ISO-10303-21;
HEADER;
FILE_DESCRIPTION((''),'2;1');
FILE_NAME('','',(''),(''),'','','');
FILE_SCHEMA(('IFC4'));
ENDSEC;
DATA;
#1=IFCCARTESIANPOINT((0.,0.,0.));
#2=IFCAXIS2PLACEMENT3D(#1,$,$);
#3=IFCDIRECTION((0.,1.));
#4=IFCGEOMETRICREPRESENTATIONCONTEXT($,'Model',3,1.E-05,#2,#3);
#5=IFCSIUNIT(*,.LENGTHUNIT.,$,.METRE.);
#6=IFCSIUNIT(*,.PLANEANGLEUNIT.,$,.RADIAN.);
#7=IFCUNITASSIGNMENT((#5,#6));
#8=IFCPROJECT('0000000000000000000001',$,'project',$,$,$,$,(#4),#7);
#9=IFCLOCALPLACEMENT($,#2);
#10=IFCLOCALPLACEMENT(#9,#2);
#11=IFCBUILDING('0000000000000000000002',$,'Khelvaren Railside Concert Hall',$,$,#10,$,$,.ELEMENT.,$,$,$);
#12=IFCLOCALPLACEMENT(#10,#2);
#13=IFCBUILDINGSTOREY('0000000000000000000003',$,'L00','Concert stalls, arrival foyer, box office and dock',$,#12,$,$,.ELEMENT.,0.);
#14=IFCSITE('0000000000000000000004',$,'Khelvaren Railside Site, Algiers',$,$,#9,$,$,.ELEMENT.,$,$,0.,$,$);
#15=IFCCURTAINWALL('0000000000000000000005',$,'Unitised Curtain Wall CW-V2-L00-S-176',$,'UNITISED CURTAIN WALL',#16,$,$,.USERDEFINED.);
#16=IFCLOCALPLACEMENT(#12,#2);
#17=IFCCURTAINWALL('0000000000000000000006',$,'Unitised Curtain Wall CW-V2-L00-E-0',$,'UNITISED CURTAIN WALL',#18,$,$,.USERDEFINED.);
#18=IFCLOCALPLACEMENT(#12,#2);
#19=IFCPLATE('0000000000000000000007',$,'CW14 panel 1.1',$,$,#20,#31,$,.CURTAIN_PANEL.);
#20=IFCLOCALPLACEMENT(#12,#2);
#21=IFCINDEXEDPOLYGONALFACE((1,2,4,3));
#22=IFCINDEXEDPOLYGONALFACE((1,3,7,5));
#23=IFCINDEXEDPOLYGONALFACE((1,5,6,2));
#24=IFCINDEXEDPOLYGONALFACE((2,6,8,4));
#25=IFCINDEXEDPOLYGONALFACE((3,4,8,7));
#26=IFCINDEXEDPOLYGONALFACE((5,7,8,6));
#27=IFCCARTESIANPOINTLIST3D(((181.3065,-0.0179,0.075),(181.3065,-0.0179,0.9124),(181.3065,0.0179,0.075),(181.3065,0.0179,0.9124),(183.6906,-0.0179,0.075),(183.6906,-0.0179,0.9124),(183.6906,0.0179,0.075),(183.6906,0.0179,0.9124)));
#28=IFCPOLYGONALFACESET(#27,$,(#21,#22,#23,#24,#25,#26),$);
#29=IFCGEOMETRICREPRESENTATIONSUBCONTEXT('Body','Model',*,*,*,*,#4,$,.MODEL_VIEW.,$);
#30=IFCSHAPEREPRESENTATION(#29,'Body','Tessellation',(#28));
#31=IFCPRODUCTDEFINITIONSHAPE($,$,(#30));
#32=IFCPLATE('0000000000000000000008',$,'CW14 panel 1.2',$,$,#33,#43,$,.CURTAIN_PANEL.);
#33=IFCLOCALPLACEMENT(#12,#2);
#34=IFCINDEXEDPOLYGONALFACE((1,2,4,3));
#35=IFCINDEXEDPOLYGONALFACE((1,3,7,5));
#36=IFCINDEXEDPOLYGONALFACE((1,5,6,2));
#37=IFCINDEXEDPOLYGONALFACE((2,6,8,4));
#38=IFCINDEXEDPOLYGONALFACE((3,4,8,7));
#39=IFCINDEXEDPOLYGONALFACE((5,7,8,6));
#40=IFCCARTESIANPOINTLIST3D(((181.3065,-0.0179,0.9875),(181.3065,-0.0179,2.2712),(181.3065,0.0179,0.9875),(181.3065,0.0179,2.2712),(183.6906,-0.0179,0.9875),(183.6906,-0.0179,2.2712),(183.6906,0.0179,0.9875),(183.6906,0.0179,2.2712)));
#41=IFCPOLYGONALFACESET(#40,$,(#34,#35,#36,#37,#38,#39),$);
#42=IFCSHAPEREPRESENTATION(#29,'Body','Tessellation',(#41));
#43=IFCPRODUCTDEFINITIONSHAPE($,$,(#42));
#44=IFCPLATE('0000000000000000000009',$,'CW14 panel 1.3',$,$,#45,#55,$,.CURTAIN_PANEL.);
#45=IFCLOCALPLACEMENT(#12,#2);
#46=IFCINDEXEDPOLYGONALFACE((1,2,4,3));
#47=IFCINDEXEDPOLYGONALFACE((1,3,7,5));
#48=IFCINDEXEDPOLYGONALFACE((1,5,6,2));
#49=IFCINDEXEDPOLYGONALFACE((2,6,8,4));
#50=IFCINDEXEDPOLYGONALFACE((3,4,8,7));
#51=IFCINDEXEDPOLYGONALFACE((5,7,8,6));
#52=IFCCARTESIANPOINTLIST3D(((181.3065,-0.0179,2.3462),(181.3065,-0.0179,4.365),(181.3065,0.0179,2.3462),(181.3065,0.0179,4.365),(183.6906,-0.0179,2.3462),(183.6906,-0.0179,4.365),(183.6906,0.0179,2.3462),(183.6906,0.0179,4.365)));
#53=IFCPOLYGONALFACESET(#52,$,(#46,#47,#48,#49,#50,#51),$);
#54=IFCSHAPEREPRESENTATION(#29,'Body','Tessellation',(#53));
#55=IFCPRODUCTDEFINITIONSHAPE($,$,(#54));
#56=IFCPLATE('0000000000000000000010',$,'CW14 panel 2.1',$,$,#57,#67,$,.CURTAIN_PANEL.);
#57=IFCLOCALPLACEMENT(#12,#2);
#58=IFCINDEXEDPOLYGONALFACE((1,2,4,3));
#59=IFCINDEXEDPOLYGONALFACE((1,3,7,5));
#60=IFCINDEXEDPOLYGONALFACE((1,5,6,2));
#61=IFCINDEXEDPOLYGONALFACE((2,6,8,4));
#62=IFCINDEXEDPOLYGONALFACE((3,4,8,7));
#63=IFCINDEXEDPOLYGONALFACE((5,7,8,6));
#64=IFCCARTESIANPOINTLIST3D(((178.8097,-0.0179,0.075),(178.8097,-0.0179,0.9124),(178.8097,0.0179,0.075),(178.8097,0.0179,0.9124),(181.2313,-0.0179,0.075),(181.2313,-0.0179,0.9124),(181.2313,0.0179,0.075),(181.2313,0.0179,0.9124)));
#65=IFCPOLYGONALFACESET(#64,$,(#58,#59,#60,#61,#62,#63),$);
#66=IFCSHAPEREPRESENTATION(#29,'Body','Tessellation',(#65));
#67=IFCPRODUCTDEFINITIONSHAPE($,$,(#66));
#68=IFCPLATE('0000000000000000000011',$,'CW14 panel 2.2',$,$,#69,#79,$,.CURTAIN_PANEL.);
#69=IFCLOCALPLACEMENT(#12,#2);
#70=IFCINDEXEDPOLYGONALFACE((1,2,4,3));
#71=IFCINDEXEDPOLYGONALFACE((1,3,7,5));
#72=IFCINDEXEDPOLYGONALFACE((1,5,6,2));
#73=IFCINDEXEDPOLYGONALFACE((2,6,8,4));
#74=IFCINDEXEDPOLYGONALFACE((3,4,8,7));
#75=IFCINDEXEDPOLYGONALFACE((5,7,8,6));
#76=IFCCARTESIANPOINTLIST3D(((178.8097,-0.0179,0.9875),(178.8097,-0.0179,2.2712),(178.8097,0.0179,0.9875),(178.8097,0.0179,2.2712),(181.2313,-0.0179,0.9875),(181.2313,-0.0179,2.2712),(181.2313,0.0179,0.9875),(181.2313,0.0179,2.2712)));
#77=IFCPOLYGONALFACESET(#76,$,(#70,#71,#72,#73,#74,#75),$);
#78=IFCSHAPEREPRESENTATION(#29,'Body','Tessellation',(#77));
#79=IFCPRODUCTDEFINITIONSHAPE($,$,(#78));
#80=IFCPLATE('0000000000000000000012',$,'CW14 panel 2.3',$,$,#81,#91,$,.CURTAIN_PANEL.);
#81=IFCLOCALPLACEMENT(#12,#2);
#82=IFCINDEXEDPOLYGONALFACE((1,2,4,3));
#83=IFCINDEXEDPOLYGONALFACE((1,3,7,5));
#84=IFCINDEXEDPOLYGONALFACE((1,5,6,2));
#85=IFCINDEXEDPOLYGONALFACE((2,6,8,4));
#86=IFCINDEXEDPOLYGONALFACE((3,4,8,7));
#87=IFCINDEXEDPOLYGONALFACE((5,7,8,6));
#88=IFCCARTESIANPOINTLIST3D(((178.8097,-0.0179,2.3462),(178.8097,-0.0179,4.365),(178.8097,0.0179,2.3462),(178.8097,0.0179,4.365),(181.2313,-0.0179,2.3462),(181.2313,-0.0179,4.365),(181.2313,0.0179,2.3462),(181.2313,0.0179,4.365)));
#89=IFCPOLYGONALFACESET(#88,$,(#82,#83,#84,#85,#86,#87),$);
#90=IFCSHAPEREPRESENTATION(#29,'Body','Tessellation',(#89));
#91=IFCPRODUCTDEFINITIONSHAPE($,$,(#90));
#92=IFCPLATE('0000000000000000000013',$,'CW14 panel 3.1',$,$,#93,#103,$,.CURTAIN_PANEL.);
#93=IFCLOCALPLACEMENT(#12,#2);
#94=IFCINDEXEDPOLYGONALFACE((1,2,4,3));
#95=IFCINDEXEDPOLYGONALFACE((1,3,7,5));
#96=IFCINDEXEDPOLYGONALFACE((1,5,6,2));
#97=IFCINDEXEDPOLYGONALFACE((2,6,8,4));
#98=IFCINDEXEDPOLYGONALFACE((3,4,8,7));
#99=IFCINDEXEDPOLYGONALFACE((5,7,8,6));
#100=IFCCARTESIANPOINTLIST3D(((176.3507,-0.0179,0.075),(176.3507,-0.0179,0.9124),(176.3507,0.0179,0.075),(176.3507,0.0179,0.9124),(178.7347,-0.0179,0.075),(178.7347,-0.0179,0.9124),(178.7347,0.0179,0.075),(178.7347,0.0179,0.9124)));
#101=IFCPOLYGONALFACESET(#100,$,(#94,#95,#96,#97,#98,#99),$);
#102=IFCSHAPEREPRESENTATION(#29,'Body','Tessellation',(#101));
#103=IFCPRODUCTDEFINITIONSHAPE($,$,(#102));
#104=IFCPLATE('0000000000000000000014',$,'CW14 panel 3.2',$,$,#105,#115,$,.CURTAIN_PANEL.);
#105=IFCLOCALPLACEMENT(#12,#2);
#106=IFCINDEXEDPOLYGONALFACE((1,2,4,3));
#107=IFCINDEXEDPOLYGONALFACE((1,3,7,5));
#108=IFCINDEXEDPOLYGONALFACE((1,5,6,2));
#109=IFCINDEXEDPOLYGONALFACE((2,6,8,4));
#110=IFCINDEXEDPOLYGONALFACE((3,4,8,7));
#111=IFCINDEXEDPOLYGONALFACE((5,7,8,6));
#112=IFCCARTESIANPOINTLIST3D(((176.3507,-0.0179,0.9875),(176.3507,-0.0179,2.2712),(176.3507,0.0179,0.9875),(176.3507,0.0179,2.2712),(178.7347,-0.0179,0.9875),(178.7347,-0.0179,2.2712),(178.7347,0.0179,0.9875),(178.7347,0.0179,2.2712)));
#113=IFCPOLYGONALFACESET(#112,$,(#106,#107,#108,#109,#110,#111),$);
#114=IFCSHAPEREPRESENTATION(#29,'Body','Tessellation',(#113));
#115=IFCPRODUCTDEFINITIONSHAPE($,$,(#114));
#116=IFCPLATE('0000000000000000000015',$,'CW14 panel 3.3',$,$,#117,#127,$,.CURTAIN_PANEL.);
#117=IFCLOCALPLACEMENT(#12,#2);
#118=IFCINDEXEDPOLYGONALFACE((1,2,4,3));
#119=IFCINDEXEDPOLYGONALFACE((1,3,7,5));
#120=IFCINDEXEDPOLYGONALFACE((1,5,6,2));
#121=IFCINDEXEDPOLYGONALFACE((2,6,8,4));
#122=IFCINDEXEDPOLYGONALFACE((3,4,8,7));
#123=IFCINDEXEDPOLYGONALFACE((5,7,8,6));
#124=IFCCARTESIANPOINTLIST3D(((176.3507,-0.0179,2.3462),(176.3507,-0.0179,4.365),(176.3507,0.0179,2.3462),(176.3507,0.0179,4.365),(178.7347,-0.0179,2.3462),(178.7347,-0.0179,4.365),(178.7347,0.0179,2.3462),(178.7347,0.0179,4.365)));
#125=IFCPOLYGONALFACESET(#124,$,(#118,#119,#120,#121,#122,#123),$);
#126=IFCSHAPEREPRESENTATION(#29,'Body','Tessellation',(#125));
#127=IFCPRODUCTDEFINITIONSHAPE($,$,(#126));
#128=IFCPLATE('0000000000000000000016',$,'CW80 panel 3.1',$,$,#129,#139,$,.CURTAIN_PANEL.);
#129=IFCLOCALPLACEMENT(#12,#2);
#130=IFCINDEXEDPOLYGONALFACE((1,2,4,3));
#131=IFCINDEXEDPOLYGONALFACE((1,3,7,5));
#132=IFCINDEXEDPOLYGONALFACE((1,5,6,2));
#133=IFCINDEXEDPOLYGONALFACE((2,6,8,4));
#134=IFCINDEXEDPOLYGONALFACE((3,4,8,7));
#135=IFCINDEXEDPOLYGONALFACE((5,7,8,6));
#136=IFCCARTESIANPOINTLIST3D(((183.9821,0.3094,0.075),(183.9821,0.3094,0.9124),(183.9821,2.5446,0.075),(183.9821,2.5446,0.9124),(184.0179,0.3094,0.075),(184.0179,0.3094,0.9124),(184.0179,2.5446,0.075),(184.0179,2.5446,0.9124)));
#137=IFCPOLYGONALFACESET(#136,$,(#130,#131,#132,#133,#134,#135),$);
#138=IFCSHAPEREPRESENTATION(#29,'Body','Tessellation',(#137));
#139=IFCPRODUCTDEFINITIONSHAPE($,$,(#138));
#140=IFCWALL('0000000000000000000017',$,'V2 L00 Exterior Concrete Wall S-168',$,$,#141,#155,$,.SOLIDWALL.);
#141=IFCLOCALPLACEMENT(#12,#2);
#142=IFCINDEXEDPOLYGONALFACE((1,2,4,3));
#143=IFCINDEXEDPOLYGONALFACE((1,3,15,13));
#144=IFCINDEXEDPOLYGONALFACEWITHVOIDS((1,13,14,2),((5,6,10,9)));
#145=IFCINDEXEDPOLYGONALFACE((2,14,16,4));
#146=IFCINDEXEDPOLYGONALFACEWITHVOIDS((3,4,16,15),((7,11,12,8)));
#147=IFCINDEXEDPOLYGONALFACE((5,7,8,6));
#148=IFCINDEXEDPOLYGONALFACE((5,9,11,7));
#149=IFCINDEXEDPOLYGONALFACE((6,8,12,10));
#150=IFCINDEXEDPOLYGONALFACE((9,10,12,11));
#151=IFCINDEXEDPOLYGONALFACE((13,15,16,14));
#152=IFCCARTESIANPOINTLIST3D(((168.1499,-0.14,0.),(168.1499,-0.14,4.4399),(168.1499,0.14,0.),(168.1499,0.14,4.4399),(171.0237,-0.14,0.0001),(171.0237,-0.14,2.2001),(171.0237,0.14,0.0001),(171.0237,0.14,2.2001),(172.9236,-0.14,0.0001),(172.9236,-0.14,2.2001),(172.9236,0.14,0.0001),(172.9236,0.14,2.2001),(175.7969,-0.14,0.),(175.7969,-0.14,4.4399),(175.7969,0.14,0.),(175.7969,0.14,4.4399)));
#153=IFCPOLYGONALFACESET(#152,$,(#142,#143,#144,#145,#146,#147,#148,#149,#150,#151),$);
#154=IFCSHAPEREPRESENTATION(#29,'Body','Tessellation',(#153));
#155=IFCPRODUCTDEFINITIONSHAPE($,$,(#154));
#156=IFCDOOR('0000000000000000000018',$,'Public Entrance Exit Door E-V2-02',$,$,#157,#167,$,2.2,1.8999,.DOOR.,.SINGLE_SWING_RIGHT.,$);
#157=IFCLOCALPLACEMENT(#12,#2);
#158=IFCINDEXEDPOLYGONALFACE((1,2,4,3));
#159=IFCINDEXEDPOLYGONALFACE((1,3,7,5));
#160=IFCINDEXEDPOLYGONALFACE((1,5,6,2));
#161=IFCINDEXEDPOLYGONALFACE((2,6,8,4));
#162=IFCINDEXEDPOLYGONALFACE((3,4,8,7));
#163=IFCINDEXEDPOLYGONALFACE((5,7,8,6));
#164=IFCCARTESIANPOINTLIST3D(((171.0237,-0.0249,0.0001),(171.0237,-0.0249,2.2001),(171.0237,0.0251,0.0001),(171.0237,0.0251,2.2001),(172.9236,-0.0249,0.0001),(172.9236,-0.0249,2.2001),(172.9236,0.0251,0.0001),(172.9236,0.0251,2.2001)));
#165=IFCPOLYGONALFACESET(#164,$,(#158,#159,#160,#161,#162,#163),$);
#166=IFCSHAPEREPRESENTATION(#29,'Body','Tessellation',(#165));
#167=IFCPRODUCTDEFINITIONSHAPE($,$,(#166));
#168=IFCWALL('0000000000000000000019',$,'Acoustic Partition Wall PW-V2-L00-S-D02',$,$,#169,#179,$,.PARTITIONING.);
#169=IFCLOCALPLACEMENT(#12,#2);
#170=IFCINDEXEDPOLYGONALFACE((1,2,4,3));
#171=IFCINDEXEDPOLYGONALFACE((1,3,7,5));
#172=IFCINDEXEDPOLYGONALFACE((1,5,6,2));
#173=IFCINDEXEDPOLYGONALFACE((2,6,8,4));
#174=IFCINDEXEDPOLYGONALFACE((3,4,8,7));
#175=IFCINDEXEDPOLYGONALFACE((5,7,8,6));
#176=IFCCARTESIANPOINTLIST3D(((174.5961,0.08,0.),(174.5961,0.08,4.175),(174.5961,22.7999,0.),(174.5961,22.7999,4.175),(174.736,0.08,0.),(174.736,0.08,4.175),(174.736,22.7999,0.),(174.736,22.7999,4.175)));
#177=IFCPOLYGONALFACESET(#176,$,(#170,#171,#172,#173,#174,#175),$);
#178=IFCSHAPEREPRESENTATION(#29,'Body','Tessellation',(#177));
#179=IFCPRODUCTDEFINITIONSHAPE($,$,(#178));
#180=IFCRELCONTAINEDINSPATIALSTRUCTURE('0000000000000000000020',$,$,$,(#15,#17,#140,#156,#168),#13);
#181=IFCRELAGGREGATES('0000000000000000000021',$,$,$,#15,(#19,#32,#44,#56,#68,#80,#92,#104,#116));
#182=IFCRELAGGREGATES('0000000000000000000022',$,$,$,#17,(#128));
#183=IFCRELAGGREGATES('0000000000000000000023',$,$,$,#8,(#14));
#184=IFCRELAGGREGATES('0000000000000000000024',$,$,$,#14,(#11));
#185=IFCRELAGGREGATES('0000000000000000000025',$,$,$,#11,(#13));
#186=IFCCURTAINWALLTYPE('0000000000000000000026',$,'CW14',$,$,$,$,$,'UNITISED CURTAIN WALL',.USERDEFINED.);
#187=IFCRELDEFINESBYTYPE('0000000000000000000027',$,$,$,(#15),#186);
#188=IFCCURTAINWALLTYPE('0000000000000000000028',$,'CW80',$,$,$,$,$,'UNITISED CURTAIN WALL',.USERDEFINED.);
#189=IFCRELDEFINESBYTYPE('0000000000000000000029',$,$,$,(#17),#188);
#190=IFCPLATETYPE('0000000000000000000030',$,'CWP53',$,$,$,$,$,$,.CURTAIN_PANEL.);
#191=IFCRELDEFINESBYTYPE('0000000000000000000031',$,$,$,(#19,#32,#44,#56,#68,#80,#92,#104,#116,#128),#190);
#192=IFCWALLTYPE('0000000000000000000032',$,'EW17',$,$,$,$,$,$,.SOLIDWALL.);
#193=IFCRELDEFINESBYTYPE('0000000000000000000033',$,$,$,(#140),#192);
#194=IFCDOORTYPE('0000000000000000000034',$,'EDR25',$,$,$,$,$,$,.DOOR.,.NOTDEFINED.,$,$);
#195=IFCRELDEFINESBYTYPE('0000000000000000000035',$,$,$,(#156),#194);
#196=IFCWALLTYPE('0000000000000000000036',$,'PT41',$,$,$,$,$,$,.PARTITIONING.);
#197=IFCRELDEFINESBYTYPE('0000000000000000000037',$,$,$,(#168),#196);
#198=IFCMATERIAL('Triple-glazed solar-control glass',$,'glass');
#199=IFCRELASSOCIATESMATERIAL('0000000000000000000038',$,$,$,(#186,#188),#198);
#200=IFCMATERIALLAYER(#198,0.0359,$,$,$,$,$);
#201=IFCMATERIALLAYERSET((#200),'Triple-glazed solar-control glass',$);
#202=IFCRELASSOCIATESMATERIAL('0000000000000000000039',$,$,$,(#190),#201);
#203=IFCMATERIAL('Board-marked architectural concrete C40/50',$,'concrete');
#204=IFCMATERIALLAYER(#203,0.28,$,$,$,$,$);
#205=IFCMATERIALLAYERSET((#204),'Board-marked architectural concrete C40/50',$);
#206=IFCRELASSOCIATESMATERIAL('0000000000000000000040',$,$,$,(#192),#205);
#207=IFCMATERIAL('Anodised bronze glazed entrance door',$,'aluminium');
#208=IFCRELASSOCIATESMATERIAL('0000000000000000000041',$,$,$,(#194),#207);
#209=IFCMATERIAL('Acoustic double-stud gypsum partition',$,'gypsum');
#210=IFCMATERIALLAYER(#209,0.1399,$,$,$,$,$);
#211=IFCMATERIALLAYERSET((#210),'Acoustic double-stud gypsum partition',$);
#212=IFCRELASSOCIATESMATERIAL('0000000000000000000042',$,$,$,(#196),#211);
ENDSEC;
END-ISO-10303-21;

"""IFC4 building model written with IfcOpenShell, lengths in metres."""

from ifc_helpers import new_model, si_unit, direction, frame, frame_2d, origin, origin_2d, place, context, subcontext, project, spatial, rectangle, extrude, material, layer, layer_set, type_object, element, fill, aggregate, save


model = new_model("IFC4")

# Units and contexts
model_context = context("Model", 3, precision=1e-05, world=origin(), true_north=direction((0.0, 1.0)))
body_context = subcontext(model_context, "Body", "Model", "MODEL_VIEW")
ifc_project = project(units=[si_unit("LENGTHUNIT", "METRE"), si_unit("PLANEANGLEUNIT", "RADIAN")], contexts=[model_context])

# Site, building, storey
site_placement = place(None, origin())
site = spatial("IfcSite", under=ifc_project, at=site_placement, Name="Khelvaren Railside Site, Algiers", CompositionType="ELEMENT", RefElevation=0.0)
building_placement = place(site_placement, origin())
building = spatial("IfcBuilding", under=site, at=building_placement, Name="Khelvaren Railside Concert Hall", CompositionType="ELEMENT")
storey_placement = place(building_placement, origin())
storey = spatial("IfcBuildingStorey", under=building, at=storey_placement, Name="L00", Description="Concert stalls, arrival foyer, box office and dock", CompositionType="ELEMENT", Elevation=0.0)

# Curtain wall
ifc_material_1 = material(Name="Triple-glazed solar-control glass", Category="glass")
curtain_wall_type_1 = type_object("IfcCurtainWallType", Name="CW14", ElementType="UNITISED CURTAIN WALL", PredefinedType="USERDEFINED", material=ifc_material_1)
curtain_wall_1_placement = place(storey_placement, origin())
curtain_wall_1 = element("IfcCurtainWall", 1, at=curtain_wall_1_placement, inside=storey, type_object=curtain_wall_type_1, Name="Unitised Curtain Wall CW-V2-L00-S-176", ObjectType="UNITISED CURTAIN WALL", PredefinedType="USERDEFINED")

# Curtain wall
curtain_wall_type_2 = type_object("IfcCurtainWallType", Name="CW80", ElementType="UNITISED CURTAIN WALL", PredefinedType="USERDEFINED", material=ifc_material_1)
curtain_wall_2_placement = place(storey_placement, origin())
curtain_wall_2 = element("IfcCurtainWall", 2, at=curtain_wall_2_placement, inside=storey, type_object=curtain_wall_type_2, Name="Unitised Curtain Wall CW-V2-L00-E-0", ObjectType="UNITISED CURTAIN WALL", PredefinedType="USERDEFINED")

# Plates
ifc_layer_1 = layer(ifc_material_1, 0.0359)
ifc_layer_set_1 = layer_set([ifc_layer_1], Name="Triple-glazed solar-control glass")
plate_type = type_object("IfcPlateType", Name="CWP53", PredefinedType="CURTAIN_PANEL", material=ifc_layer_set_1)
plate_1_placement = place(storey_placement, frame((182.4985, 0.0, 0.075), z_axis=(0.0, 0.0, 1.0), x_axis=(-1.0, 0.0, 0.0)))
plate_1 = element("IfcPlate", 3, at=plate_1_placement, type_object=plate_type, Name="CW14 panel 1.1", PredefinedType="CURTAIN_PANEL", context=body_context, shape_type="SweptSolid", body=[
    extrude(rectangle(XDim=2.384, YDim=0.0359, at=origin_2d()), origin(), (0.0, 0.0, 1.0), 0.8374),
])
plate_2_placement = place(storey_placement, frame((182.4985, 0.0, 0.9875), z_axis=(0.0, 0.0, 1.0), x_axis=(-1.0, 0.0, 0.0)))
plate_2 = element("IfcPlate", 4, at=plate_2_placement, type_object=plate_type, Name="CW14 panel 1.2", PredefinedType="CURTAIN_PANEL", context=body_context, shape_type="SweptSolid", body=[
    extrude(rectangle(XDim=2.384, YDim=0.0359, at=origin_2d()), origin(), (0.0, 0.0, 1.0), 1.2837),
])
plate_3_placement = place(storey_placement, frame((182.4985, 0.0, 2.3462), z_axis=(0.0, 0.0, 1.0), x_axis=(-1.0, 0.0, 0.0)))
plate_3 = element("IfcPlate", 5, at=plate_3_placement, type_object=plate_type, Name="CW14 panel 1.3", PredefinedType="CURTAIN_PANEL", context=body_context, shape_type="SweptSolid", body=[
    extrude(rectangle(XDim=2.384, YDim=0.0359, at=origin_2d()), origin(), (0.0, 0.0, 1.0), 2.0188),
])
plate_4_placement = place(storey_placement, frame((180.0205, 0.0, 0.075), z_axis=(0.0, 0.0, 1.0), x_axis=(-1.0, 0.0, 0.0)))
plate_4 = element("IfcPlate", 6, at=plate_4_placement, type_object=plate_type, Name="CW14 panel 2.1", PredefinedType="CURTAIN_PANEL", context=body_context, shape_type="SweptSolid", body=[
    extrude(rectangle(XDim=2.4216, YDim=0.0359, at=origin_2d()), origin(), (0.0, 0.0, 1.0), 0.8374),
])
plate_5_placement = place(storey_placement, frame((180.0205, 0.0, 0.9875), z_axis=(0.0, 0.0, 1.0), x_axis=(-1.0, 0.0, 0.0)))
plate_5 = element("IfcPlate", 7, at=plate_5_placement, type_object=plate_type, Name="CW14 panel 2.2", PredefinedType="CURTAIN_PANEL", context=body_context, shape_type="SweptSolid", body=[
    extrude(rectangle(XDim=2.4216, YDim=0.0359, at=origin_2d()), origin(), (0.0, 0.0, 1.0), 1.2837),
])
plate_6_placement = place(storey_placement, frame((180.0205, 0.0, 2.3462), z_axis=(0.0, 0.0, 1.0), x_axis=(-1.0, 0.0, 0.0)))
plate_6 = element("IfcPlate", 8, at=plate_6_placement, type_object=plate_type, Name="CW14 panel 2.3", PredefinedType="CURTAIN_PANEL", context=body_context, shape_type="SweptSolid", body=[
    extrude(rectangle(XDim=2.4216, YDim=0.0359, at=origin_2d()), origin(), (0.0, 0.0, 1.0), 2.0188),
])
plate_7_placement = place(storey_placement, frame((177.5427, 0.0, 0.075), z_axis=(0.0, 0.0, 1.0), x_axis=(-1.0, 0.0, 0.0)))
plate_7 = element("IfcPlate", 9, at=plate_7_placement, type_object=plate_type, Name="CW14 panel 3.1", PredefinedType="CURTAIN_PANEL", context=body_context, shape_type="SweptSolid", body=[
    extrude(rectangle(XDim=2.384, YDim=0.0359, at=origin_2d()), origin(), (0.0, 0.0, 1.0), 0.8374),
])
plate_8_placement = place(storey_placement, frame((177.5427, 0.0, 0.9875), z_axis=(0.0, 0.0, 1.0), x_axis=(-1.0, 0.0, 0.0)))
plate_8 = element("IfcPlate", 10, at=plate_8_placement, type_object=plate_type, Name="CW14 panel 3.2", PredefinedType="CURTAIN_PANEL", context=body_context, shape_type="SweptSolid", body=[
    extrude(rectangle(XDim=2.384, YDim=0.0359, at=origin_2d()), origin(), (0.0, 0.0, 1.0), 1.2837),
])
plate_9_placement = place(storey_placement, frame((177.5427, 0.0, 2.3462), z_axis=(0.0, 0.0, 1.0), x_axis=(-1.0, 0.0, 0.0)))
plate_9 = element("IfcPlate", 11, at=plate_9_placement, type_object=plate_type, Name="CW14 panel 3.3", PredefinedType="CURTAIN_PANEL", context=body_context, shape_type="SweptSolid", body=[
    extrude(rectangle(XDim=2.384, YDim=0.0359, at=origin_2d()), origin(), (0.0, 0.0, 1.0), 2.0188),
])
aggregate(curtain_wall_1, [plate_1, plate_2, plate_3, plate_4, plate_5, plate_6, plate_7, plate_8, plate_9])
plate_10_placement = place(storey_placement, frame((184.0, 1.427, 0.075), z_axis=(0.0, 0.0, 1.0), x_axis=(0.0, -1.0, 0.0)))
plate_10 = element("IfcPlate", 12, at=plate_10_placement, type_object=plate_type, Name="CW80 panel 3.1", PredefinedType="CURTAIN_PANEL", context=body_context, shape_type="SweptSolid", body=[
    extrude(rectangle(XDim=2.2351, YDim=0.0359, at=origin_2d()), origin(), (0.0, 0.0, 1.0), 0.8374),
])
aggregate(curtain_wall_2, [plate_10])

# Wall, opening, door
ifc_material_2 = material(Name="Board-marked architectural concrete C40/50", Category="concrete")
ifc_layer_2 = layer(ifc_material_2, 0.28)
ifc_layer_set_2 = layer_set([ifc_layer_2], Name="Board-marked architectural concrete C40/50")
wall_type_1 = type_object("IfcWallType", Name="EW17", PredefinedType="SOLIDWALL", material=ifc_layer_set_2)
wall_1_placement = place(storey_placement, frame((175.7969, 0.0, 0.0), z_axis=(0.0, 0.0, 1.0), x_axis=(-1.0, 0.0, 0.0)))
wall_1 = element("IfcWall", 13, at=wall_1_placement, inside=storey, type_object=wall_type_1, Name="V2 L00 Exterior Concrete Wall S-168", PredefinedType="SOLIDWALL", context=body_context, shape_type="SweptSolid", body=[
    extrude(rectangle(XDim=7.647, YDim=0.28, at=frame_2d((3.8235, 0.0))), origin(), (0.0, 0.0, 1.0), 4.4399),
])
opening_placement = place(wall_1_placement, frame((2.8733, 0.0, 0.0)))
opening = element("IfcOpeningElement", 14, at=opening_placement, cuts=wall_1, PredefinedType="OPENING", context=body_context, shape_type="SweptSolid", body=[
    extrude(rectangle(XDim=1.8999, YDim=2.2, at=frame_2d((0.95, 1.1001))), frame((0.0, 0.1499, 0.0), z_axis=(0.0, -1.0, 0.0), x_axis=(1.0, 0.0, 0.0)), (0.0, 0.0, 1.0), 0.3),
])
ifc_material_3 = material(Name="Anodised bronze glazed entrance door", Category="aluminium")
door_type = type_object("IfcDoorType", Name="EDR25", OperationType="NOTDEFINED", PredefinedType="DOOR", material=ifc_material_3)
door_placement = place(opening_placement, origin())
door = element("IfcDoor", 15, at=door_placement, inside=storey, type_object=door_type, Name="Public Entrance Exit Door E-V2-02", OperationType="SINGLE_SWING_RIGHT", OverallHeight=2.2, OverallWidth=1.8999, PredefinedType="DOOR", context=body_context, shape_type="SweptSolid", body=[
    extrude(rectangle(XDim=1.8999, YDim=2.2, at=frame_2d((0.95, 1.1001))), frame((0.0, 0.0249, 0.0), z_axis=(0.0, -1.0, 0.0), x_axis=(1.0, 0.0, 0.0)), (0.0, 0.0, 1.0), 0.05),
])
fill(opening, door)

# Wall
ifc_material_4 = material(Name="Acoustic double-stud gypsum partition", Category="gypsum")
ifc_layer_3 = layer(ifc_material_4, 0.1399)
ifc_layer_set_3 = layer_set([ifc_layer_3], Name="Acoustic double-stud gypsum partition")
wall_type_2 = type_object("IfcWallType", Name="PT41", PredefinedType="PARTITIONING", material=ifc_layer_set_3)
wall_2_placement = place(storey_placement, frame((174.666, 0.0801, 0.0), z_axis=(0.0, 0.0, 1.0), x_axis=(0.0, 1.0, 0.0)))
element("IfcWall", 16, at=wall_2_placement, inside=storey, type_object=wall_type_2, Name="Acoustic Partition Wall PW-V2-L00-S-D02", PredefinedType="PARTITIONING", context=body_context, shape_type="SweptSolid", body=[
    extrude(rectangle(XDim=22.72, YDim=0.1399, at=frame_2d((11.3599, 0.0))), origin(), (0.0, 0.0, 1.0), 4.175),
])

save(model, "model.ifc")
